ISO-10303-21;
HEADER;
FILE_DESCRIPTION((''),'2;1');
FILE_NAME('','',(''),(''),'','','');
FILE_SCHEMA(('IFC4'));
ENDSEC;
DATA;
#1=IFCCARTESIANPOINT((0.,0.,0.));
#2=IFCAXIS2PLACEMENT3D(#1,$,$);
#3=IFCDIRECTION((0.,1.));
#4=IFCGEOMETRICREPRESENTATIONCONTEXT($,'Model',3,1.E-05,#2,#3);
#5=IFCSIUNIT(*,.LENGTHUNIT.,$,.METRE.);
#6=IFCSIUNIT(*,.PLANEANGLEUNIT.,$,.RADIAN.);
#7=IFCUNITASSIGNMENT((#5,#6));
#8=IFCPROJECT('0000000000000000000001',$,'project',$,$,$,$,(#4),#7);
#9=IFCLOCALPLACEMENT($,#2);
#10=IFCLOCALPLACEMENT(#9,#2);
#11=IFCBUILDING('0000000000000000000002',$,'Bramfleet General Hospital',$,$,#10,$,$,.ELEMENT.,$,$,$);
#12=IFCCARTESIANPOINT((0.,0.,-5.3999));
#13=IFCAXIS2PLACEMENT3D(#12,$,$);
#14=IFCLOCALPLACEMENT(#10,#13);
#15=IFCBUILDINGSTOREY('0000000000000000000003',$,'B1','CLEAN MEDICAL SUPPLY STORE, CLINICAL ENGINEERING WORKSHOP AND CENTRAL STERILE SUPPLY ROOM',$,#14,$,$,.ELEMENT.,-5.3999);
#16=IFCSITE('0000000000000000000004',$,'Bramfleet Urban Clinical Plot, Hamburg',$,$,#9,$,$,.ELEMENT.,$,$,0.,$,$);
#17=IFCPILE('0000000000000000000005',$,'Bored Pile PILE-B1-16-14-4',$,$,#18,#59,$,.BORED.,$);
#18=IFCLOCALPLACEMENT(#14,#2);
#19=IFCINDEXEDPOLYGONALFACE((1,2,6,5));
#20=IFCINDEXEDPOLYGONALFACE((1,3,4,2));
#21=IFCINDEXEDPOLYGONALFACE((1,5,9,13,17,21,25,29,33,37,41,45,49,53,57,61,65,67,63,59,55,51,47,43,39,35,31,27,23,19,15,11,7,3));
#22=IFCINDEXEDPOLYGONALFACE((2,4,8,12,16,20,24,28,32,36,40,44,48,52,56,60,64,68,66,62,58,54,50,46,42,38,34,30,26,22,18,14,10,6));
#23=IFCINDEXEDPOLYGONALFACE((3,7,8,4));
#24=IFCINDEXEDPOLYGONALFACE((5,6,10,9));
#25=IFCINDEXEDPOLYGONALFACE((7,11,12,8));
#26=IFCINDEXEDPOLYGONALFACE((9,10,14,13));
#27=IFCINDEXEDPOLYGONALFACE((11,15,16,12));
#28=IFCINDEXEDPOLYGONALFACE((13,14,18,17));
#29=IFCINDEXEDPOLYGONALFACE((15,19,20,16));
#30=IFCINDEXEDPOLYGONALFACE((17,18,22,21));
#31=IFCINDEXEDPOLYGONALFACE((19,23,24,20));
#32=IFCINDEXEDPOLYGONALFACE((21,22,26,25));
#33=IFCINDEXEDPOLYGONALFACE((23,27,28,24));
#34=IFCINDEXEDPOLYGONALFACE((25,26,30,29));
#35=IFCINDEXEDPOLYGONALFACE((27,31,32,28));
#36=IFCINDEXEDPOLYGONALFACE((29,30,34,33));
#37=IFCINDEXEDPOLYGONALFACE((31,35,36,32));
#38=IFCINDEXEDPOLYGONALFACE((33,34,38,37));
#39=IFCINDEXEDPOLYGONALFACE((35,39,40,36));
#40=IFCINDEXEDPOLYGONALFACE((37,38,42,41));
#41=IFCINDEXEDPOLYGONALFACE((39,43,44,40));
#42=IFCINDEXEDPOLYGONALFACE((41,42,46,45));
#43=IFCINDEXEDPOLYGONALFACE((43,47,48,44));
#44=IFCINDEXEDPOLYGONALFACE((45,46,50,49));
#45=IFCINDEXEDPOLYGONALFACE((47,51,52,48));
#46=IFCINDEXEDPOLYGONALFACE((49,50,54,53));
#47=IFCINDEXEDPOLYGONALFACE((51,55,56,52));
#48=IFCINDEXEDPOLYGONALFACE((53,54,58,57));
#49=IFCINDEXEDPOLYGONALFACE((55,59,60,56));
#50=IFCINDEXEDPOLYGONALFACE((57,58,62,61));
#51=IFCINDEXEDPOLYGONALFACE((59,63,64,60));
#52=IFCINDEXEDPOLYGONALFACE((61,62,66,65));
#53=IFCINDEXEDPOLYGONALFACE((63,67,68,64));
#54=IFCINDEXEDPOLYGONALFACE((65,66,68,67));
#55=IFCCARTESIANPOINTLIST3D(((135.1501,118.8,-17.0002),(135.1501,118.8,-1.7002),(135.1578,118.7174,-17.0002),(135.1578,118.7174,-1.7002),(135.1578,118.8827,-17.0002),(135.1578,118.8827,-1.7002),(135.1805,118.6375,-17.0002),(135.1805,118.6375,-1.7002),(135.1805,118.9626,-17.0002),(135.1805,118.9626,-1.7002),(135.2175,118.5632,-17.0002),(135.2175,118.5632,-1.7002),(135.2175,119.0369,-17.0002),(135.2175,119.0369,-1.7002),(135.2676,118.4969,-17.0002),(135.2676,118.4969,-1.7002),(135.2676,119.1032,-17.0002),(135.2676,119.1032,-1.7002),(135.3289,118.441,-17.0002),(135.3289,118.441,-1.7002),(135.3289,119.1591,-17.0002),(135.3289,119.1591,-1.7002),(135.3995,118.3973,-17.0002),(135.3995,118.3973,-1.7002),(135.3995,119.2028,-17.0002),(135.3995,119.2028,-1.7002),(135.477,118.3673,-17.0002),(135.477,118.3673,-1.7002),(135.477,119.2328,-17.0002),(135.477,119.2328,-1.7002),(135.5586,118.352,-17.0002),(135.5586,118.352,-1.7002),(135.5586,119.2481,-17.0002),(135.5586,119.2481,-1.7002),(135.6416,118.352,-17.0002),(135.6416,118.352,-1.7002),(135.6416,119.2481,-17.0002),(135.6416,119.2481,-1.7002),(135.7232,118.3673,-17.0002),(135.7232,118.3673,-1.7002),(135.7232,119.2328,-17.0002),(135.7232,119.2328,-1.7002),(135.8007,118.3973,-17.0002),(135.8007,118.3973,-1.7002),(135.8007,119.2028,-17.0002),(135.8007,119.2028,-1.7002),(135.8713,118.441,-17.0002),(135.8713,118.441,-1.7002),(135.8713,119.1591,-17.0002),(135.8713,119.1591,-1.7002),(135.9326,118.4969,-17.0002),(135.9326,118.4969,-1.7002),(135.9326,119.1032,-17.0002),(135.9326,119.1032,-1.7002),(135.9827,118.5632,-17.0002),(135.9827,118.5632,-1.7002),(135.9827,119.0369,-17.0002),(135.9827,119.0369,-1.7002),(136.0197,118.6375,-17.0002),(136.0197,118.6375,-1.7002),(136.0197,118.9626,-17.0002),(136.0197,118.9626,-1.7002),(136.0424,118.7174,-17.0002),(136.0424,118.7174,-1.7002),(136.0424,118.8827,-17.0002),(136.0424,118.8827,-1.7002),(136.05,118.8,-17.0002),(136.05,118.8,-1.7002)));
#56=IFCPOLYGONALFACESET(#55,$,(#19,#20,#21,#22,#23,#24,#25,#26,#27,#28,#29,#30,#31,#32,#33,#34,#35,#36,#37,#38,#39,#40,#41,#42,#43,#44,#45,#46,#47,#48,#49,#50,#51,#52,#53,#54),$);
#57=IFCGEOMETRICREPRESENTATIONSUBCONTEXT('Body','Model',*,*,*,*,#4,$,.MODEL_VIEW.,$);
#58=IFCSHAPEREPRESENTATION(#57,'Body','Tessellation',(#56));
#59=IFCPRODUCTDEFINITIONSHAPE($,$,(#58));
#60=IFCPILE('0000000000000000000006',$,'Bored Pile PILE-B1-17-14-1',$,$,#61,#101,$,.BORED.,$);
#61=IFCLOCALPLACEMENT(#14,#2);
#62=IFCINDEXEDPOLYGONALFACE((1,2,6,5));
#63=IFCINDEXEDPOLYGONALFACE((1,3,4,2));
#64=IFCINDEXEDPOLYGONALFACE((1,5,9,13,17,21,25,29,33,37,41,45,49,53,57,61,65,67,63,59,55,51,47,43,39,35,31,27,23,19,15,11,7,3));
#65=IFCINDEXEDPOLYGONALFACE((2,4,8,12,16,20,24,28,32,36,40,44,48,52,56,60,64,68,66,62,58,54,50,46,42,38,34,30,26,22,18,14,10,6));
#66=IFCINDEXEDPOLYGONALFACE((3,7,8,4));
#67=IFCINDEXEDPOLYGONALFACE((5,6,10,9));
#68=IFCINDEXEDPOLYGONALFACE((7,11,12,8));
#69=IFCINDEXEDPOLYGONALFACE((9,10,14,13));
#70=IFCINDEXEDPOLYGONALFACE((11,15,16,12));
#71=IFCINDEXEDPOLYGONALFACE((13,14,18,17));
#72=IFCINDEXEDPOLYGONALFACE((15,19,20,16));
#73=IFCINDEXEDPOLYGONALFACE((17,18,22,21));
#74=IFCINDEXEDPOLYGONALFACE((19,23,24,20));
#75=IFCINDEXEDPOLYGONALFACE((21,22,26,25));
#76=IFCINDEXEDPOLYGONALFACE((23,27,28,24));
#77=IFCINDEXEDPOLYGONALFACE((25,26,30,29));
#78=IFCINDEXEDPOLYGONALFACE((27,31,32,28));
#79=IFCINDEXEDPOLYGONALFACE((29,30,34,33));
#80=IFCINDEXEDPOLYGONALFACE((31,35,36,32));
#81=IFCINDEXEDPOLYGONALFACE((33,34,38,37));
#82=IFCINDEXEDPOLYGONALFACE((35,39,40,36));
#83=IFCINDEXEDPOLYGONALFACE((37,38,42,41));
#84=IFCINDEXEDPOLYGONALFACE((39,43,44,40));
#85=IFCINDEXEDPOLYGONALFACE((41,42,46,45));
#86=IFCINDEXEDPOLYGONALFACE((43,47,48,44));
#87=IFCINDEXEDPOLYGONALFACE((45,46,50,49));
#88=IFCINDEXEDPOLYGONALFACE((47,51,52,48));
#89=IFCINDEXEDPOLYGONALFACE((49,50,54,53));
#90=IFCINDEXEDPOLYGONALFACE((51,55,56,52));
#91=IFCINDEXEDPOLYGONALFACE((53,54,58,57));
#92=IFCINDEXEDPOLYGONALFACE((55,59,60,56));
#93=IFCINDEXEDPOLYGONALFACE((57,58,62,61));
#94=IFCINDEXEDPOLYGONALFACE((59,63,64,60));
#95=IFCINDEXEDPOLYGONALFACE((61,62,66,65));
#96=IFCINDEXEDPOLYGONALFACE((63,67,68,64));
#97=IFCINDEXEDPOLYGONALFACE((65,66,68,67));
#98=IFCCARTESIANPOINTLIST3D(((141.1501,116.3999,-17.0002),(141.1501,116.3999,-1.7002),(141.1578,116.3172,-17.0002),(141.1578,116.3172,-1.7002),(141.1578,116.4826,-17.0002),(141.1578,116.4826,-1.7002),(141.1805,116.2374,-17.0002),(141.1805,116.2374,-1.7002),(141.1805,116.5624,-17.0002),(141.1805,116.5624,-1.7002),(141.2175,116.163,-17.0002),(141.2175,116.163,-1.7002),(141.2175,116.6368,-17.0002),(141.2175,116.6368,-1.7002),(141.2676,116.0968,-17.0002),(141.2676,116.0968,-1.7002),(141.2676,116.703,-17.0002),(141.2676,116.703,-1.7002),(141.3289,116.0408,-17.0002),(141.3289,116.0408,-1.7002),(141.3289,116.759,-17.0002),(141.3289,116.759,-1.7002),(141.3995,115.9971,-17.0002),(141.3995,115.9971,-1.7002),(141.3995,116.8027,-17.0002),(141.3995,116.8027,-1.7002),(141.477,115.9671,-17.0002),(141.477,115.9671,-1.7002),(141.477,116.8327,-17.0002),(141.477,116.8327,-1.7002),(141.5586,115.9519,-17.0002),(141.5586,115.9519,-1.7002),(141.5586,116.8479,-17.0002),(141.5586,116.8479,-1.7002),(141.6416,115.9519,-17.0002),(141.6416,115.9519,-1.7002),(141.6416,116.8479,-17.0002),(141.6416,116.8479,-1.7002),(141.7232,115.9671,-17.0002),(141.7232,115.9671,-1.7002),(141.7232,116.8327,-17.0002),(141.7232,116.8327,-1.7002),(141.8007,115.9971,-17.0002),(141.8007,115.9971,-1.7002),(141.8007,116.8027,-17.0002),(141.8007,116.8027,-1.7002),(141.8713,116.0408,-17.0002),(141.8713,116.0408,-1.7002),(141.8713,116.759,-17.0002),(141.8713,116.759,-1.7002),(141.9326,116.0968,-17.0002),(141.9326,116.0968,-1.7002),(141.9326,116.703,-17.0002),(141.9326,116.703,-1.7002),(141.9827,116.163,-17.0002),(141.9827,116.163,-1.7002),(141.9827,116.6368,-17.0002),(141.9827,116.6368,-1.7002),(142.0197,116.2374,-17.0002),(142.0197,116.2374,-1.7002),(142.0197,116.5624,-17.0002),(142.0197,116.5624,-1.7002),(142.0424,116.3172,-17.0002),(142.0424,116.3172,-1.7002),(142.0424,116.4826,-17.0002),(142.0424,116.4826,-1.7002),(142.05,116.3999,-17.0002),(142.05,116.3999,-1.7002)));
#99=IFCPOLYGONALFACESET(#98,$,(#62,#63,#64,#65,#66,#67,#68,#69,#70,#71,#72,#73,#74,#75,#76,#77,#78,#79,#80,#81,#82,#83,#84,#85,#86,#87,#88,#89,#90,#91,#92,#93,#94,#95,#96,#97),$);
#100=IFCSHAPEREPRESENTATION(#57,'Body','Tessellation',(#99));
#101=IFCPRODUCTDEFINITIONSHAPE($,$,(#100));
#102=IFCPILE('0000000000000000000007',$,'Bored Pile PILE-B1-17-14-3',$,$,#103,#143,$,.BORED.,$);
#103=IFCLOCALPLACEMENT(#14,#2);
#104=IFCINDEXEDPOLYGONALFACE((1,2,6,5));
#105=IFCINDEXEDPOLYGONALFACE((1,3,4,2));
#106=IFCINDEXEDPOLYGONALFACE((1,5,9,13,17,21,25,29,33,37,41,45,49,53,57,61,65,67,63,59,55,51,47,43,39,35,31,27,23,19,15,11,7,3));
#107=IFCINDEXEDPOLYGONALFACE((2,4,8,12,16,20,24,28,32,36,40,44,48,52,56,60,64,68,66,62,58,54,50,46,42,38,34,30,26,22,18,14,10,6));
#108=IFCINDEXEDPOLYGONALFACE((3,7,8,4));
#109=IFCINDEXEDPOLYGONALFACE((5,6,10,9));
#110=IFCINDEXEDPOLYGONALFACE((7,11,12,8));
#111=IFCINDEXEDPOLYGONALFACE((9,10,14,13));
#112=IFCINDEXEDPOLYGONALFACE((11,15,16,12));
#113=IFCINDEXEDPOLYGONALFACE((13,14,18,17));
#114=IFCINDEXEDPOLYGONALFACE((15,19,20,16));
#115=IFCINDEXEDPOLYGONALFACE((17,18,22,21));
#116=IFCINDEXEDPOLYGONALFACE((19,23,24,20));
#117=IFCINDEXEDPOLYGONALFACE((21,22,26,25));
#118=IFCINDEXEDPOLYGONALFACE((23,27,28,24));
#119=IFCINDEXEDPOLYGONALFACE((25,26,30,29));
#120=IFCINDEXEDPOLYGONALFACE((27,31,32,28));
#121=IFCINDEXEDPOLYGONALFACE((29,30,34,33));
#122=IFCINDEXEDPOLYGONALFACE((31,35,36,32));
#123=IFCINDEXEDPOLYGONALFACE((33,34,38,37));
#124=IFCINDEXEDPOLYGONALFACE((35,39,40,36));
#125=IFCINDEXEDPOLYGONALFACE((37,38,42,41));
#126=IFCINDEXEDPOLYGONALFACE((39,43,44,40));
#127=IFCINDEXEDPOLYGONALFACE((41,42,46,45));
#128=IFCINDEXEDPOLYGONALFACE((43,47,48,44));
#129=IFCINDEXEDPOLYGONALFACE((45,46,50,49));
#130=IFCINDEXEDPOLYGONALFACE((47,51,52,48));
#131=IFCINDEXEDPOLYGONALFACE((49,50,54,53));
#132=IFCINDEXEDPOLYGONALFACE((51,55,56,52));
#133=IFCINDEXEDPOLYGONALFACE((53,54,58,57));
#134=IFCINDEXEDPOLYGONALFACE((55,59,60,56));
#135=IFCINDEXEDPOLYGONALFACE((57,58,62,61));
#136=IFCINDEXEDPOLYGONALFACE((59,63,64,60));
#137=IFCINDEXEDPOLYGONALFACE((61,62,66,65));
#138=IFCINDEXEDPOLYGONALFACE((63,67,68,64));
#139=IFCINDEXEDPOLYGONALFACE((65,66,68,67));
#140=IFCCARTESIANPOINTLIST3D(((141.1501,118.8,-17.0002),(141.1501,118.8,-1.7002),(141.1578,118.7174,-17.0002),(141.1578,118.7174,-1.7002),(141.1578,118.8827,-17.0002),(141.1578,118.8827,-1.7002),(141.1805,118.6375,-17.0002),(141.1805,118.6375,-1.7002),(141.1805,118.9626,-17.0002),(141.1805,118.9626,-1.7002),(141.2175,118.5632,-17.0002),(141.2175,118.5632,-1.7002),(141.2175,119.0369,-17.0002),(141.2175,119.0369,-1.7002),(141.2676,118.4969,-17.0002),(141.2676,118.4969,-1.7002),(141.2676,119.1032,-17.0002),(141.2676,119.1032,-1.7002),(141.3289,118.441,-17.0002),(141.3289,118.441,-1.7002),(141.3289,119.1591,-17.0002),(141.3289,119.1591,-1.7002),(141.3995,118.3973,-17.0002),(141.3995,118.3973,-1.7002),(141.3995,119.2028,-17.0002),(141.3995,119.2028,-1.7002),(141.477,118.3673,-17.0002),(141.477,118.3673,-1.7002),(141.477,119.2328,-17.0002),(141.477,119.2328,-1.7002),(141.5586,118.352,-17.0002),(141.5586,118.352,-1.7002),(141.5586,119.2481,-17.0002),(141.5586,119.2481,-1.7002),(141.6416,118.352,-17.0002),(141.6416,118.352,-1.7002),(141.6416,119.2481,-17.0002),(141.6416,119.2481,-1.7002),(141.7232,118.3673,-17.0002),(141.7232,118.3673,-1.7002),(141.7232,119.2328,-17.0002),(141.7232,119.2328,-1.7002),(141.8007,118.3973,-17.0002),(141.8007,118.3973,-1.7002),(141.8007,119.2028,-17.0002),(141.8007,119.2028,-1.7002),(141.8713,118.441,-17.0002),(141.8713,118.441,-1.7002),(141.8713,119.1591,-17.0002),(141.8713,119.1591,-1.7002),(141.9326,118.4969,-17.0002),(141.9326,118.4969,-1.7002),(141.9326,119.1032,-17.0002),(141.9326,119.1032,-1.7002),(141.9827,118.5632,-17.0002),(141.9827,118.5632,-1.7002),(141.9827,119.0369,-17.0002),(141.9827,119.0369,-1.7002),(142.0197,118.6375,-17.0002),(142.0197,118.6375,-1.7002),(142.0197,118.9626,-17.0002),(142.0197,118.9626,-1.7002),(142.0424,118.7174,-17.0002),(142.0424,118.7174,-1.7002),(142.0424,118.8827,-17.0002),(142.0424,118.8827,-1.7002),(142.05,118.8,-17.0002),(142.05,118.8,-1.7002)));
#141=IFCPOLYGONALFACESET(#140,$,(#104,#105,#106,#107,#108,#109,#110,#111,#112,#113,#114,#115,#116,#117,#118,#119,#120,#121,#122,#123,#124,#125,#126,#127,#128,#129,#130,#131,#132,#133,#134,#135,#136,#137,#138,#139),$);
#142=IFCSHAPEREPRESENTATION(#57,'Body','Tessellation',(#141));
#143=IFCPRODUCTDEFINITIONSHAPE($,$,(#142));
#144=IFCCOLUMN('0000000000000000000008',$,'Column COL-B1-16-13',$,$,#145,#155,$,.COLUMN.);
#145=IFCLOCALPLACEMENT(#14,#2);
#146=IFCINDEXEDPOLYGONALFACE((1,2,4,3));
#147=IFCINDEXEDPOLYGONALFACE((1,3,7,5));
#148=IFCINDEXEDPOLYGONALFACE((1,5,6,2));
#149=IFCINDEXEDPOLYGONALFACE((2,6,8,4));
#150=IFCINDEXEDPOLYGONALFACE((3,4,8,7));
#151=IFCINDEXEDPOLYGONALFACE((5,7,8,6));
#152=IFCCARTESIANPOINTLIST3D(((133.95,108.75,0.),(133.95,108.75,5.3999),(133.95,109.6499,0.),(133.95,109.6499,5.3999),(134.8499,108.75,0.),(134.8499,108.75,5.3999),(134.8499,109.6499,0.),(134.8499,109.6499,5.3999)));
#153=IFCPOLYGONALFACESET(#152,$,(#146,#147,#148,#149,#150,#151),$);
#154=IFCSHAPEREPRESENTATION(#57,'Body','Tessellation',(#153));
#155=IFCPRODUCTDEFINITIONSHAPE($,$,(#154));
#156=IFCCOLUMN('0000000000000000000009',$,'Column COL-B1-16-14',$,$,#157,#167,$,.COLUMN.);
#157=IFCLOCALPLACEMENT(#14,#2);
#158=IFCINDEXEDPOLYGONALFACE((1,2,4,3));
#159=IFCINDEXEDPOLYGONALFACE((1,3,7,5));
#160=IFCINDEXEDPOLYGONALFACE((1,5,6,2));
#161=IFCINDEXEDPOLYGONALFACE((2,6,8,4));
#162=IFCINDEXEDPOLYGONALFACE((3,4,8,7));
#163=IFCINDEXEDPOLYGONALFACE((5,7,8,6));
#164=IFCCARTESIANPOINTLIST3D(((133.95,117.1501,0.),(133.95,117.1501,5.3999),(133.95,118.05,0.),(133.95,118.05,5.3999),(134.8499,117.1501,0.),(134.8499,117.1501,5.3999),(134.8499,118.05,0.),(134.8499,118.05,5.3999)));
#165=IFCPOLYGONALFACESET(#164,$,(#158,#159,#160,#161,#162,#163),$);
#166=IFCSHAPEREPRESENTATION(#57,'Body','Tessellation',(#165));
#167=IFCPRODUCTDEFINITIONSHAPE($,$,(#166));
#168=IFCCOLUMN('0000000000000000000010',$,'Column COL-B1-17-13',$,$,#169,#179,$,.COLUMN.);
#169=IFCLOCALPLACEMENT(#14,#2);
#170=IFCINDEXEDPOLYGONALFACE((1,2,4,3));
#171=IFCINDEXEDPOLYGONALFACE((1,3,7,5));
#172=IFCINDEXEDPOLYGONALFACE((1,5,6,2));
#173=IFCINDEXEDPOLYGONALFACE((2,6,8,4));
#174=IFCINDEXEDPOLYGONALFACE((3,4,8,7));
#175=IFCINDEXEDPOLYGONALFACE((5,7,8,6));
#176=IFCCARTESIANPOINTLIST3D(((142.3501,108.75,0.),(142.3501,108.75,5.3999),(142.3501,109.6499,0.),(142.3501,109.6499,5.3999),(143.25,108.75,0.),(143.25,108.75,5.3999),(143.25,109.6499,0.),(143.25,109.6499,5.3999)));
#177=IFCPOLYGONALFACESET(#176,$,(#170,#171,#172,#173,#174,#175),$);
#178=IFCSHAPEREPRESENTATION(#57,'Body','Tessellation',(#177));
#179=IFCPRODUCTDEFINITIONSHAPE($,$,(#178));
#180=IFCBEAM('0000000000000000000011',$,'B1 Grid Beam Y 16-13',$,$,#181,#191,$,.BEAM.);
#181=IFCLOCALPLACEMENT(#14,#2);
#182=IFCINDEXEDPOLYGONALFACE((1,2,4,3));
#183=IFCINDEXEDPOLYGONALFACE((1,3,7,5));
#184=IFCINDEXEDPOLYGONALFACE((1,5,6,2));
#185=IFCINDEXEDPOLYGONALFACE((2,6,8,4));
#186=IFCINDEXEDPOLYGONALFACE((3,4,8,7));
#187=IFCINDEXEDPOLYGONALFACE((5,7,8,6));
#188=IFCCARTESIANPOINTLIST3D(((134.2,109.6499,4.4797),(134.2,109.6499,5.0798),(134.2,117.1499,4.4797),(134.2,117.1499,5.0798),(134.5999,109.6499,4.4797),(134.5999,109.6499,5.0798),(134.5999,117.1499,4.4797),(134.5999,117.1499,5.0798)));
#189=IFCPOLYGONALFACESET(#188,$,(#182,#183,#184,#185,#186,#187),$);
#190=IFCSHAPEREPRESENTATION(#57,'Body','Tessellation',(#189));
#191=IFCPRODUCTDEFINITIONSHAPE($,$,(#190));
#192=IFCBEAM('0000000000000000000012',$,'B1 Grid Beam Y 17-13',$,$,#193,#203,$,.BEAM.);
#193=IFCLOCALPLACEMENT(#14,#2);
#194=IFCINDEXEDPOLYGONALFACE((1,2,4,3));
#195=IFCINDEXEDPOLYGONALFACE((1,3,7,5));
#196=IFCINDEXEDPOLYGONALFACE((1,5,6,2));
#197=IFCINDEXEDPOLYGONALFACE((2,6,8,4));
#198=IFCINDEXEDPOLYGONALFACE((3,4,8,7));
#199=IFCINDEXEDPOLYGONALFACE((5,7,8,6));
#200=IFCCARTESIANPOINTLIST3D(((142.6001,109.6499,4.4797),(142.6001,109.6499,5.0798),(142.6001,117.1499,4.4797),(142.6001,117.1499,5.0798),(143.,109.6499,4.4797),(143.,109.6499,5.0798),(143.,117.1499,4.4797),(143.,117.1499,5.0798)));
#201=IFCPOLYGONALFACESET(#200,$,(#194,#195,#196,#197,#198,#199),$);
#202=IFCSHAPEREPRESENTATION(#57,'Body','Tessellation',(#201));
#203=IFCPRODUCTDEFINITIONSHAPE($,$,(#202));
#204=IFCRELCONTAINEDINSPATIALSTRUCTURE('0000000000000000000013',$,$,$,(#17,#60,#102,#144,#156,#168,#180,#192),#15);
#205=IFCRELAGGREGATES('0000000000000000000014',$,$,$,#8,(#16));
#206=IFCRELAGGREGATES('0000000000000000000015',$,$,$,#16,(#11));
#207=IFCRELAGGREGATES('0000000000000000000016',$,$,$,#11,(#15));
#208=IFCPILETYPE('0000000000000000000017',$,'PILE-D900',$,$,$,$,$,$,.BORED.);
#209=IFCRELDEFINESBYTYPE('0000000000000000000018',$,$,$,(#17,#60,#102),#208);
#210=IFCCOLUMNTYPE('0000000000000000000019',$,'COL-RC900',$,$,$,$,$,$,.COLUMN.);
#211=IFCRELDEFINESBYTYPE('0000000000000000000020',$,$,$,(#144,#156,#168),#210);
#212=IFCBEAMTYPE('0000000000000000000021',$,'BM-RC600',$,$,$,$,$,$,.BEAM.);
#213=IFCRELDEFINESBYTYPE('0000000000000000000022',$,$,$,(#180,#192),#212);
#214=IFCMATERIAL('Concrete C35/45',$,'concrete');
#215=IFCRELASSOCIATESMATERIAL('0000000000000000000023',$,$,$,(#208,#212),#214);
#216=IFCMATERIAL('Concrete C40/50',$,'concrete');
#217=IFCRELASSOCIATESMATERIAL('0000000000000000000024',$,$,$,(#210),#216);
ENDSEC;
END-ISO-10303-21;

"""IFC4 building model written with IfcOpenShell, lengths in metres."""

from ifc_helpers import new_model, si_unit, direction, frame, origin, origin_2d, place, context, subcontext, project, spatial, rectangle, circle, extrude, material, material_profile, profile_set, type_object, element, save


model = new_model("IFC4")

# Units and contexts
model_context = context("Model", 3, precision=1e-05, world=origin(), true_north=direction((0.0, 1.0)))
body_context = subcontext(model_context, "Body", "Model", "MODEL_VIEW")
ifc_project = project(units=[si_unit("LENGTHUNIT", "METRE"), si_unit("PLANEANGLEUNIT", "RADIAN")], contexts=[model_context])

# Site, building, storey
site_placement = place(None, origin())
site = spatial("IfcSite", under=ifc_project, at=site_placement, Name="Bramfleet Urban Clinical Plot, Hamburg", CompositionType="ELEMENT", RefElevation=0.0)
building_placement = place(site_placement, origin())
building = spatial("IfcBuilding", under=site, at=building_placement, Name="Bramfleet General Hospital", CompositionType="ELEMENT")
storey_placement = place(building_placement, frame((0.0, 0.0, -5.3999)))
storey = spatial("IfcBuildingStorey", under=building, at=storey_placement, Name="B1", Description="CLEAN MEDICAL SUPPLY STORE, CLINICAL ENGINEERING WORKSHOP AND CENTRAL STERILE SUPPLY ROOM", CompositionType="ELEMENT", Elevation=-5.3999)

# Shared definitions
ifc_material_1 = material(Name="Concrete C35/45", Category="concrete")

# Piles
ifc_material_profile_1 = material_profile(ifc_material_1, circle(Radius=0.45, at=origin_2d()), Name="PILE BORED D900")
ifc_profile_set_1 = profile_set([ifc_material_profile_1], Name="Concrete C35/45")
pile_type_1 = type_object("IfcPileType", Name="PILE-D900", PredefinedType="BORED", material=ifc_profile_set_1)
for number, where, z_axis, x_axis, name in (
    (1, (135.6001, 118.8, -1.7002), (0.0, 0.0, -1.0), (1.0, 0.0, 0.0), "Bored Pile PILE-B1-16-14-4"),
    (2, (141.6001, 116.3999, -1.7002), (0.0, 0.0, -1.0), (1.0, 0.0, 0.0), "Bored Pile PILE-B1-17-14-1"),
    (3, (141.6001, 118.8, -1.7002), (0.0, 0.0, -1.0), (1.0, 0.0, 0.0), "Bored Pile PILE-B1-17-14-3"),
):
    element("IfcPile", number, at=place(storey_placement, frame(where, z_axis=z_axis, x_axis=x_axis)), inside=storey, type_object=pile_type_1, Name=name, PredefinedType="BORED", context=body_context, shape_type="SweptSolid", body=[
        extrude(circle(Radius=0.45, at=origin_2d()), origin(), (0.0, 0.0, 1.0), 15.3),
    ])

# Columns
ifc_material_2 = material(Name="Concrete C40/50", Category="concrete")
ifc_material_profile_2 = material_profile(ifc_material_2, rectangle(XDim=0.8999, YDim=0.8999, at=origin_2d()), Name="RC COL 900x900")
ifc_profile_set_2 = profile_set([ifc_material_profile_2], Name="Concrete C40/50")
column_type = type_object("IfcColumnType", Name="COL-RC900", PredefinedType="COLUMN", material=ifc_profile_set_2)
for number, where, z_axis, x_axis, name in (
    (4, (134.3999, 109.2, 0.0), (0.0, 0.0, 1.0), (1.0, 0.0, 0.0), "Column COL-B1-16-13"),
    (5, (134.3999, 117.6001, 0.0), (0.0, 0.0, 1.0), (1.0, 0.0, 0.0), "Column COL-B1-16-14"),
    (6, (142.8, 109.2, 0.0), (0.0, 0.0, 1.0), (1.0, 0.0, 0.0), "Column COL-B1-17-13"),
):
    element("IfcColumn", number, at=place(storey_placement, frame(where, z_axis=z_axis, x_axis=x_axis)), inside=storey, type_object=column_type, Name=name, PredefinedType="COLUMN", context=body_context, shape_type="SweptSolid", body=[
        extrude(rectangle(XDim=0.8999, YDim=0.8999, at=origin_2d()), origin(), (0.0, 0.0, 1.0), 5.3999),
    ])

# Beams
ifc_material_profile_3 = material_profile(ifc_material_1, rectangle(XDim=0.3999, YDim=0.6001, at=origin_2d()), Name="RC BM 600x400")
ifc_profile_set_3 = profile_set([ifc_material_profile_3], Name="Concrete C35/45")
beam_type_1 = type_object("IfcBeamType", Name="BM-RC600", PredefinedType="BEAM", material=ifc_profile_set_3)
for number, where, z_axis, x_axis, name in (
    (7, (134.3999, 109.6499, 4.7798), (0.0, 1.0, 0.0), (-1.0, 0.0, 0.0), "B1 Grid Beam Y 16-13"),
    (8, (142.8, 109.6499, 4.7798), (0.0, 1.0, 0.0), (-1.0, 0.0, 0.0), "B1 Grid Beam Y 17-13"),
):
    element("IfcBeam", number, at=place(storey_placement, frame(where, z_axis=z_axis, x_axis=x_axis)), inside=storey, type_object=beam_type_1, Name=name, PredefinedType="BEAM", context=body_context, shape_type="SweptSolid", body=[
        extrude(rectangle(XDim=0.3999, YDim=0.6001, at=origin_2d()), origin(), (0.0, 0.0, 1.0), 7.5),
    ])

save(model, "model.ifc")
